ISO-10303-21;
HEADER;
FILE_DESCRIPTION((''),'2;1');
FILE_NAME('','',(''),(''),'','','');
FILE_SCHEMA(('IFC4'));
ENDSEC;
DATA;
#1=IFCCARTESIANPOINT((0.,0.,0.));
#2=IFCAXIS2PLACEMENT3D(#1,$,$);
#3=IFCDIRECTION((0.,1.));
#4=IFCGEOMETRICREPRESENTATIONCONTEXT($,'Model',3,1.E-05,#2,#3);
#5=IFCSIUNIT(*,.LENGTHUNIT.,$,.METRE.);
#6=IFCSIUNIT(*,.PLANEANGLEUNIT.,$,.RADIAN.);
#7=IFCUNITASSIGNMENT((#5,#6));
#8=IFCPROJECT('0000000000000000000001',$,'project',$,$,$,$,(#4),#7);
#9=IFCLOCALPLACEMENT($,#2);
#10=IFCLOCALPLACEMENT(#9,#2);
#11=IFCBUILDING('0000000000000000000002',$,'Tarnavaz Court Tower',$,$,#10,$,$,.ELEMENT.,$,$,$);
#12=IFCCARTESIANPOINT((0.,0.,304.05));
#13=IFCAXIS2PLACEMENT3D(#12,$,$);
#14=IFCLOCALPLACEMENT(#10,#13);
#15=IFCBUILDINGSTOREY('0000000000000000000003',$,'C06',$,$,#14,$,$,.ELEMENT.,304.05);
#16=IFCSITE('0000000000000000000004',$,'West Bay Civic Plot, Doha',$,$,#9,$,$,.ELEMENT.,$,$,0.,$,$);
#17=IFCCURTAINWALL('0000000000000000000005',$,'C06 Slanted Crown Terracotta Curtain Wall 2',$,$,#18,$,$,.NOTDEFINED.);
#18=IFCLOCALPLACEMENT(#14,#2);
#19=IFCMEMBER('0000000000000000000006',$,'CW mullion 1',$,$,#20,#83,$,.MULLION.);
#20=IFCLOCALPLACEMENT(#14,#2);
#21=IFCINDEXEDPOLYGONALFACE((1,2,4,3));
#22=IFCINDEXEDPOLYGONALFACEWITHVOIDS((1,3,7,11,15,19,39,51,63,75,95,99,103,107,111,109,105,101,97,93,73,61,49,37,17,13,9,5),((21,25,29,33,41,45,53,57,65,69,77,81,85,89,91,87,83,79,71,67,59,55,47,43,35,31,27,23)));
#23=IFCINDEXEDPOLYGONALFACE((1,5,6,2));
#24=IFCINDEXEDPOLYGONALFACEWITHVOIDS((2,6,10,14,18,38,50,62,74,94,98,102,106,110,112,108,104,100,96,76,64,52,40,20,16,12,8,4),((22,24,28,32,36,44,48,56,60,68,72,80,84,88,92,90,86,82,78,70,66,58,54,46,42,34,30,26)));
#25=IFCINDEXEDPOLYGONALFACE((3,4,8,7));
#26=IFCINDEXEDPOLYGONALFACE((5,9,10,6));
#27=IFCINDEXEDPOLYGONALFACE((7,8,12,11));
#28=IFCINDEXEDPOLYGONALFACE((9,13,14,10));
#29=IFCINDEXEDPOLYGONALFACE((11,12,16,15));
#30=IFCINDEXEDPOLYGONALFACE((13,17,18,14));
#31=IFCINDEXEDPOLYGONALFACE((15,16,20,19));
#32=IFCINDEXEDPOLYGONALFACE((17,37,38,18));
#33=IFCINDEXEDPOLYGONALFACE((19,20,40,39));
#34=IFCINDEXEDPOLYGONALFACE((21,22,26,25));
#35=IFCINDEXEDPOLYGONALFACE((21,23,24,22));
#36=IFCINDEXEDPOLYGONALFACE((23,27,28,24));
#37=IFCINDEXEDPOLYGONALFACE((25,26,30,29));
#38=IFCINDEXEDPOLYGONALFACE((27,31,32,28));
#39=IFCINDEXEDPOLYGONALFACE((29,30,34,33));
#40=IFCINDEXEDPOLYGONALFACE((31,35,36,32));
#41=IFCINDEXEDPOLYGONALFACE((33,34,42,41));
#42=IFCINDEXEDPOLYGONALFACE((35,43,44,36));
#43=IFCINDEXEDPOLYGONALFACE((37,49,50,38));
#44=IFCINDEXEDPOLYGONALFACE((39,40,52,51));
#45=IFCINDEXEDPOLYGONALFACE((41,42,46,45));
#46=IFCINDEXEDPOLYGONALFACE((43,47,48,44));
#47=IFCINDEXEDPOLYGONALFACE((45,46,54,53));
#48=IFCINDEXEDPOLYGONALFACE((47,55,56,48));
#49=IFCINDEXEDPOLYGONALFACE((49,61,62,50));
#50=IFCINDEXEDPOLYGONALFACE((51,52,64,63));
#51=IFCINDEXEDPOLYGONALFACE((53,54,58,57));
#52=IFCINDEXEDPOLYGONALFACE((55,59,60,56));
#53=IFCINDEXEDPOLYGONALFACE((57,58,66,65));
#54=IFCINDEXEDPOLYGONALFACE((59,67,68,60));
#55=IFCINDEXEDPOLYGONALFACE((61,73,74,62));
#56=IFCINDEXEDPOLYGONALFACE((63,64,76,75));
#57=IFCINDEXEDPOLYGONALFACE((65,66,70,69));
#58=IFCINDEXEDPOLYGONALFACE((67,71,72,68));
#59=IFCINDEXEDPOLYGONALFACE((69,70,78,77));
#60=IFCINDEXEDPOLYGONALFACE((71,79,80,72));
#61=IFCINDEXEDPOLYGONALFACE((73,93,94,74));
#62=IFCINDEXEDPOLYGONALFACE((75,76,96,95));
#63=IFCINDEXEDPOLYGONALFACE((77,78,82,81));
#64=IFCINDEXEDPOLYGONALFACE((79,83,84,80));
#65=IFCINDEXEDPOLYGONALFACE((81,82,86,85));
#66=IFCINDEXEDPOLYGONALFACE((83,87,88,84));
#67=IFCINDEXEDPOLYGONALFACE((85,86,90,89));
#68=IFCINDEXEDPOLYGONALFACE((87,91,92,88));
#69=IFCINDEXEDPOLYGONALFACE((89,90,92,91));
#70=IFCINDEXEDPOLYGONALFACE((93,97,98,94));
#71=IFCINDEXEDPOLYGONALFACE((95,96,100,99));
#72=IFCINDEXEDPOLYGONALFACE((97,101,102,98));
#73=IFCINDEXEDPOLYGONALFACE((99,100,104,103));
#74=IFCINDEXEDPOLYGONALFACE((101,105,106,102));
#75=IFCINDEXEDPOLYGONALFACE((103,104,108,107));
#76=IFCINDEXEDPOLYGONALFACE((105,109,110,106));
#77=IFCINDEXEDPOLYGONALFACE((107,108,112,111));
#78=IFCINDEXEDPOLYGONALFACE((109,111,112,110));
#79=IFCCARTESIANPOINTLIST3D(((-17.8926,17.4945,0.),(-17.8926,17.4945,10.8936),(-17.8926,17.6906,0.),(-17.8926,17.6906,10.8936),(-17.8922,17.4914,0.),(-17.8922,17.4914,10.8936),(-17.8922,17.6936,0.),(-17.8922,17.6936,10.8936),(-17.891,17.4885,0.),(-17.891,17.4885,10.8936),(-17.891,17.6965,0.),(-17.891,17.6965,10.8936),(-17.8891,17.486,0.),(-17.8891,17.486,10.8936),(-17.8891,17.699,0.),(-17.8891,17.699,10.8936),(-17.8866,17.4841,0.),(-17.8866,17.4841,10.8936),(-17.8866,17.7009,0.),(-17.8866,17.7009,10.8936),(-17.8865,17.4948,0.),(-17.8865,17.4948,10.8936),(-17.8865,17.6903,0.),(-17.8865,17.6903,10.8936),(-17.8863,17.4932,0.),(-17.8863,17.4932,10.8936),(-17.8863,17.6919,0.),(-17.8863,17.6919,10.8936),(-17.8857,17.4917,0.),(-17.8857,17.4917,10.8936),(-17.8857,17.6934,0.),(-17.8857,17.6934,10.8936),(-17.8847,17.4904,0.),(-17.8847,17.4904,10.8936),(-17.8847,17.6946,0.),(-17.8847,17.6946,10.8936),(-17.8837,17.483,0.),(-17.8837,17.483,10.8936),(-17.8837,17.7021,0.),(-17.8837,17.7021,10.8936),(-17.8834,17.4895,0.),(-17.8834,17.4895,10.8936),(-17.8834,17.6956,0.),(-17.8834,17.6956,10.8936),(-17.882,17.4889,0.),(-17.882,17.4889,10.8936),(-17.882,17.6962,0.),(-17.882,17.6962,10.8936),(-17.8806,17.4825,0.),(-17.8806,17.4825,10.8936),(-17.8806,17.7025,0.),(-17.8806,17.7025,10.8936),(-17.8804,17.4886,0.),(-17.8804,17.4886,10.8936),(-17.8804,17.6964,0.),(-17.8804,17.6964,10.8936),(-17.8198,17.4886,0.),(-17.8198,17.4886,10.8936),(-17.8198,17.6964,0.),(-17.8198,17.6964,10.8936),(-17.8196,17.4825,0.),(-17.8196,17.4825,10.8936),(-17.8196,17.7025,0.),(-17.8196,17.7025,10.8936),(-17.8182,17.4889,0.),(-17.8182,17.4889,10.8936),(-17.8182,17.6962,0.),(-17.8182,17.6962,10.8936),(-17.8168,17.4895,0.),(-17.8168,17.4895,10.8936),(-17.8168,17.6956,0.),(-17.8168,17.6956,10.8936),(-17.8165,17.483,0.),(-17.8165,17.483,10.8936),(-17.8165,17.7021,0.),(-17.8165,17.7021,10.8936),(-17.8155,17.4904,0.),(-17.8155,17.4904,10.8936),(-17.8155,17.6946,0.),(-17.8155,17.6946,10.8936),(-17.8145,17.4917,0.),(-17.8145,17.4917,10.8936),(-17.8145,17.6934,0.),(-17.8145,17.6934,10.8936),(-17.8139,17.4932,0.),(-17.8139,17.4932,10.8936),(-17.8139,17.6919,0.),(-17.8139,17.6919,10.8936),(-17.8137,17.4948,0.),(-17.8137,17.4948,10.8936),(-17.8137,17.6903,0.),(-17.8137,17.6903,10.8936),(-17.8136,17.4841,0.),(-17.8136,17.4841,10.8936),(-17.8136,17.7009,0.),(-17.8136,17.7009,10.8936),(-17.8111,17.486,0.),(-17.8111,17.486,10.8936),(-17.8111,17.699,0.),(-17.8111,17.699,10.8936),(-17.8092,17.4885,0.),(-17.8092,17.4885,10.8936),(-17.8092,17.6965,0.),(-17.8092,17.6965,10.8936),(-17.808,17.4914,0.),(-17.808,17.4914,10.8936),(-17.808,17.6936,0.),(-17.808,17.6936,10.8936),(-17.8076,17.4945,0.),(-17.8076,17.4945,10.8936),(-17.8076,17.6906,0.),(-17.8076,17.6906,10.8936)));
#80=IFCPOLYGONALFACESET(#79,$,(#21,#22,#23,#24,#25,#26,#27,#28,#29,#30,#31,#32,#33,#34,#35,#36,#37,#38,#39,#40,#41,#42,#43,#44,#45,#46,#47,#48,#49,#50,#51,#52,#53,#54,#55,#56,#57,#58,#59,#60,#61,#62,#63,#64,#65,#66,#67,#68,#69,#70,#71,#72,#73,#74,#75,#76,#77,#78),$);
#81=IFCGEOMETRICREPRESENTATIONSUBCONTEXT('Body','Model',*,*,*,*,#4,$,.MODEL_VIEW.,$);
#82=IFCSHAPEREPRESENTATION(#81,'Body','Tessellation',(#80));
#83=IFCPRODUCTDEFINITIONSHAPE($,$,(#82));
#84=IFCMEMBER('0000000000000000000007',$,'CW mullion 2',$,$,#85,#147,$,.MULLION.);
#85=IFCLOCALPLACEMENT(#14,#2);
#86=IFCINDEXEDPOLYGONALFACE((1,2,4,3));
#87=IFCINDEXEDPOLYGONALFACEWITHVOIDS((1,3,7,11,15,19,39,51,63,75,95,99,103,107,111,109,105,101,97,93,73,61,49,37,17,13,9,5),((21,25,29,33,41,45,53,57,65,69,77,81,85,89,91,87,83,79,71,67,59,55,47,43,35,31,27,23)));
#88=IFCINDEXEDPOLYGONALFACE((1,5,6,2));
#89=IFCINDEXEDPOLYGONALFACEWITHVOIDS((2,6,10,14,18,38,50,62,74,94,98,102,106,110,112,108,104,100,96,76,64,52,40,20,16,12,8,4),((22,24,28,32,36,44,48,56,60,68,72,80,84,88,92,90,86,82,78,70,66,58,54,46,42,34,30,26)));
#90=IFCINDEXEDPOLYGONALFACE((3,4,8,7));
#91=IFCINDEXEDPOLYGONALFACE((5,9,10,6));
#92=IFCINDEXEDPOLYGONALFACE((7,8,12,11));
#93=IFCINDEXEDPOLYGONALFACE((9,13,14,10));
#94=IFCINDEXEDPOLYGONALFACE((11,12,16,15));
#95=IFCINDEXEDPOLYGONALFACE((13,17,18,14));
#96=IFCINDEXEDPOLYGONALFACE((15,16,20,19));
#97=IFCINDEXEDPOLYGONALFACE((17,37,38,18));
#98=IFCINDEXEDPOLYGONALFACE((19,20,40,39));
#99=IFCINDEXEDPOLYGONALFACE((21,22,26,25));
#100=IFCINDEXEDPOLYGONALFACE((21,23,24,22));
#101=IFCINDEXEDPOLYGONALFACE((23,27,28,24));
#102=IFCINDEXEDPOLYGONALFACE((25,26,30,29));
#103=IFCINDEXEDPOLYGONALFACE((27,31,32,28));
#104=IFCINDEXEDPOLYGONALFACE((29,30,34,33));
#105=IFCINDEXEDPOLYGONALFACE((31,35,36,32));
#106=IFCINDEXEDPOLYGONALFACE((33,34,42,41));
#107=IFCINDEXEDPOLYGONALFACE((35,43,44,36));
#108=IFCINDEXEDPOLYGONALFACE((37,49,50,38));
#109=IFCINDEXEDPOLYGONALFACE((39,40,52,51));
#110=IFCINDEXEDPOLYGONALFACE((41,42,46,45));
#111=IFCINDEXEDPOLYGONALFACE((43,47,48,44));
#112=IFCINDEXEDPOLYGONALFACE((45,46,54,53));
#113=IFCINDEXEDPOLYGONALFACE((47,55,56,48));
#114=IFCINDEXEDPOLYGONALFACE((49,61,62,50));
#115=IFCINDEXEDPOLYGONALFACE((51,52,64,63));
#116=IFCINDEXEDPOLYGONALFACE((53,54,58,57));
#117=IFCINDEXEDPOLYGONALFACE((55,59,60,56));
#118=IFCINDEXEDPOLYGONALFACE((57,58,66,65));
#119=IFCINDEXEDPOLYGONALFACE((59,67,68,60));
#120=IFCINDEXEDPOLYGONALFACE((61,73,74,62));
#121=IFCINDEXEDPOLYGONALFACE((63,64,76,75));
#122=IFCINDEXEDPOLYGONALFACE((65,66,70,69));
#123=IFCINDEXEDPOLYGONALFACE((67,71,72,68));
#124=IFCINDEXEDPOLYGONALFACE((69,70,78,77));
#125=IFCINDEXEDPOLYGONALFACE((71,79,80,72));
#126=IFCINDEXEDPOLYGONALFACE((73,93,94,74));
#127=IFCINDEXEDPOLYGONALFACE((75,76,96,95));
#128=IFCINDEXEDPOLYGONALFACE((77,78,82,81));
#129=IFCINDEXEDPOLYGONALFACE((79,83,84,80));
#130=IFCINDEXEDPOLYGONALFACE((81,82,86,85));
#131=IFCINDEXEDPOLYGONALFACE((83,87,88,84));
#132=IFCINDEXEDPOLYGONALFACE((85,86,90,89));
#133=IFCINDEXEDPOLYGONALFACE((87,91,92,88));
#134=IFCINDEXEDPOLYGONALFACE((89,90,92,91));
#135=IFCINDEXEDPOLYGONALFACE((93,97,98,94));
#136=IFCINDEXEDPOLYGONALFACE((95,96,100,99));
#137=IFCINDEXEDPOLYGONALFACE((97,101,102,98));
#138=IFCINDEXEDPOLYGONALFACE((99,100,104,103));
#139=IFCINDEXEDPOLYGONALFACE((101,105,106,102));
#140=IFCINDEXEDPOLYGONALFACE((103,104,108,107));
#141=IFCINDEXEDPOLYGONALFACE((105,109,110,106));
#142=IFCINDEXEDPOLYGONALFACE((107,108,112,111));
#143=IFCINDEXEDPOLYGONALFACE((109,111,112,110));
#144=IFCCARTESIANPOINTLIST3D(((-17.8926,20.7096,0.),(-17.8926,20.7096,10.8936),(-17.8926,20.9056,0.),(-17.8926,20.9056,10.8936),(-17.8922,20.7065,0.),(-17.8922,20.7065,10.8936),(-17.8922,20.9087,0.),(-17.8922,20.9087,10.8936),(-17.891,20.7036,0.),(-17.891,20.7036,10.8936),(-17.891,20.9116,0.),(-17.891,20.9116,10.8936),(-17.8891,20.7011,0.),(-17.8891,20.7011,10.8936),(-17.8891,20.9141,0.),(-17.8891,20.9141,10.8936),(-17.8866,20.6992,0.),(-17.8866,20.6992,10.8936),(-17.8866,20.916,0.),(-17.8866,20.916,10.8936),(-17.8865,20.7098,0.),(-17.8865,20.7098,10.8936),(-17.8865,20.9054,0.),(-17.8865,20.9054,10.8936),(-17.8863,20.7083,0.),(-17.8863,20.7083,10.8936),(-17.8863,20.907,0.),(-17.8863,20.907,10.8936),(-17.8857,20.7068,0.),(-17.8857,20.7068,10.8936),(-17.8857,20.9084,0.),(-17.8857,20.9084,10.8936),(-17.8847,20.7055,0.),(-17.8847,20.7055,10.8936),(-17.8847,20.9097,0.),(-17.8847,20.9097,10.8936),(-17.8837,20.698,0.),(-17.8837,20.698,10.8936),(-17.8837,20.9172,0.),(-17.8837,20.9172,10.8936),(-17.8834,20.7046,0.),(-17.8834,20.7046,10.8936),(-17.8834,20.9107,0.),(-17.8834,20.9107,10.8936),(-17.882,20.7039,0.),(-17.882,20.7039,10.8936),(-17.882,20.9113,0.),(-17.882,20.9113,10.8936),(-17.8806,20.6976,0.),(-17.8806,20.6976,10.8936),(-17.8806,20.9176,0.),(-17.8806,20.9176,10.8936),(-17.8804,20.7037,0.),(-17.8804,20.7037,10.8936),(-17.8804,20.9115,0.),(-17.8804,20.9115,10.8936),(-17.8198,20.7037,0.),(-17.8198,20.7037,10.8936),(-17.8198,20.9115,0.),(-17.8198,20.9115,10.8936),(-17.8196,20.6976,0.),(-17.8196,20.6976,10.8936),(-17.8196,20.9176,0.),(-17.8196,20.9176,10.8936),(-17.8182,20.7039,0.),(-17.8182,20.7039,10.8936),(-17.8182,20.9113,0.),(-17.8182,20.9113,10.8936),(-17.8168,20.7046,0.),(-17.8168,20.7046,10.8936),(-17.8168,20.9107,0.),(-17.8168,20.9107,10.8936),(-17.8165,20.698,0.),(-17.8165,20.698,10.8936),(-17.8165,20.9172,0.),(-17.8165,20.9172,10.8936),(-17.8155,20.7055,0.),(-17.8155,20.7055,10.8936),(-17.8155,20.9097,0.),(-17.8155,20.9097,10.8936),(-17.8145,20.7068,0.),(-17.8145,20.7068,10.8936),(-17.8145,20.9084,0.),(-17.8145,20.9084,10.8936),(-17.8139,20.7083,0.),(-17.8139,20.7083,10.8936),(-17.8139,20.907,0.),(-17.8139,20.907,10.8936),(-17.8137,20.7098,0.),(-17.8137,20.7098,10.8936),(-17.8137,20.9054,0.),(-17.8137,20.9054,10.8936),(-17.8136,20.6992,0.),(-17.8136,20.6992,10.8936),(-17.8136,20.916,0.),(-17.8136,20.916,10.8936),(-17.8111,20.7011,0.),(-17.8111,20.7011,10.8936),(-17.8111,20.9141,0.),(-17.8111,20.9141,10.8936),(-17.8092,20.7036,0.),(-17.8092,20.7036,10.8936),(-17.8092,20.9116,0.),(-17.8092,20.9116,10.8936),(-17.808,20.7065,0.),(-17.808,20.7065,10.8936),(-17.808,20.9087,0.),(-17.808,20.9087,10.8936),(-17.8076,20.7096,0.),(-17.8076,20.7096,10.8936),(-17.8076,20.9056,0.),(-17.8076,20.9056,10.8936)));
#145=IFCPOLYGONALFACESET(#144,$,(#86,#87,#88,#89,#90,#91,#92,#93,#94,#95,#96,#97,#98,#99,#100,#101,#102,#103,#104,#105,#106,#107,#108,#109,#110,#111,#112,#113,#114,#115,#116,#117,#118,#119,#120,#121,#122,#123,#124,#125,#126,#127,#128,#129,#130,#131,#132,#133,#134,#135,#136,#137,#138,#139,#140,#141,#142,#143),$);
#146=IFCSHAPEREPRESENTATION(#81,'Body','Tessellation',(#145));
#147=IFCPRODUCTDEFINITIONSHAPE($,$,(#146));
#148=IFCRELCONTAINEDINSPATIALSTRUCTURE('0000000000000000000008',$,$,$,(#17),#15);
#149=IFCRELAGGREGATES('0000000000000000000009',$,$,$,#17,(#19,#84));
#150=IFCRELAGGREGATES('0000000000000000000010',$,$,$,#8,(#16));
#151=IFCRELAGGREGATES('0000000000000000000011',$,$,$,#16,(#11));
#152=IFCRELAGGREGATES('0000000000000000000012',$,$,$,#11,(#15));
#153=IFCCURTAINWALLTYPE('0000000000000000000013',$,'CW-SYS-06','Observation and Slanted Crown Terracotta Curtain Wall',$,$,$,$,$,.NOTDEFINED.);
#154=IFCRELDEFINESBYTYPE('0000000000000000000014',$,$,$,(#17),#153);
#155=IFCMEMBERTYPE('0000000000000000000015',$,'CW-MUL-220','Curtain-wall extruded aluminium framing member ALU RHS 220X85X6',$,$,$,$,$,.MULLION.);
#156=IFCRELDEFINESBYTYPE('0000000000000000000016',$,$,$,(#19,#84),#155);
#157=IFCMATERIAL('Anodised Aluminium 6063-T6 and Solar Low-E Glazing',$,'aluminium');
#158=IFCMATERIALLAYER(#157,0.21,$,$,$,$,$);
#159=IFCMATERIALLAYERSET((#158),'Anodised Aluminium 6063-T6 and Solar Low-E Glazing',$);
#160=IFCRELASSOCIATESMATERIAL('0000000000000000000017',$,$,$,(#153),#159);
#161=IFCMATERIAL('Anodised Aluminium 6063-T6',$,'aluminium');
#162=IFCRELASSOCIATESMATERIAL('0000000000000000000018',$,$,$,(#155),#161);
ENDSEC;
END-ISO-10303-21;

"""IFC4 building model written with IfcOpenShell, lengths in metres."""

from ifc_helpers import new_model, si_unit, direction, frame, origin, origin_2d, place, context, subcontext, project, spatial, hollow_rectangle, extrude, material, layer, layer_set, material_profile, profile_set, type_object, element, aggregate, save


model = new_model("IFC4")

# Units and contexts
model_context = context("Model", 3, precision=1e-05, world=origin(), true_north=direction((0.0, 1.0)))
body_context = subcontext(model_context, "Body", "Model", "MODEL_VIEW")
ifc_project = project(units=[si_unit("LENGTHUNIT", "METRE"), si_unit("PLANEANGLEUNIT", "RADIAN")], contexts=[model_context])

# Site, building, storey
site_placement = place(None, origin())
site = spatial("IfcSite", under=ifc_project, at=site_placement, Name="West Bay Civic Plot, Doha", CompositionType="ELEMENT", RefElevation=0.0)
building_placement = place(site_placement, origin())
building = spatial("IfcBuilding", under=site, at=building_placement, Name="Tarnavaz Court Tower", CompositionType="ELEMENT")
storey_placement = place(building_placement, frame((0.0, 0.0, 304.05)))
storey = spatial("IfcBuildingStorey", under=building, at=storey_placement, Name="C06", CompositionType="ELEMENT", Elevation=304.05)

# Curtain wall, members
ifc_material_1 = material(Name="Anodised Aluminium 6063-T6 and Solar Low-E Glazing", Category="aluminium")
ifc_layer_1 = layer(ifc_material_1, 0.21)
ifc_layer_set_1 = layer_set([ifc_layer_1], Name="Anodised Aluminium 6063-T6 and Solar Low-E Glazing")
curtain_wall_type = type_object("IfcCurtainWallType", Name="CW-SYS-06", Description="Observation and Slanted Crown Terracotta Curtain Wall", PredefinedType="NOTDEFINED", material=ifc_layer_set_1)
ifc_material_2 = material(Name="Anodised Aluminium 6063-T6", Category="aluminium")
ifc_material_profile_1 = material_profile(ifc_material_2, hollow_rectangle(XDim=0.085, YDim=0.22, WallThickness=0.0061, InnerFilletRadius=0.0061, OuterFilletRadius=0.012, at=origin_2d()), Name="ALU RHS 220X85X6")
ifc_profile_set_1 = profile_set([ifc_material_profile_1], Name="Anodised Aluminium 6063-T6")
member_type_1 = type_object("IfcMemberType", Name="CW-MUL-220", Description="Curtain-wall extruded aluminium framing member ALU RHS 220X85X6", PredefinedType="MULLION", material=ifc_profile_set_1)
curtain_wall_1_placement = place(storey_placement, origin())
curtain_wall_1 = element("IfcCurtainWall", 1, at=curtain_wall_1_placement, inside=storey, type_object=curtain_wall_type, Name="C06 Slanted Crown Terracotta Curtain Wall 2", PredefinedType="NOTDEFINED")
member_1_placement = place(storey_placement, frame((-17.8501, 17.5925, 0.0), z_axis=(0.0, 0.0, 1.0), x_axis=(-1.0, 0.0, 0.0)))
member_1 = element("IfcMember", 2, at=member_1_placement, type_object=member_type_1, Name="CW mullion 1", PredefinedType="MULLION", context=body_context, shape_type="SweptSolid", body=[
    extrude(hollow_rectangle(XDim=0.085, YDim=0.22, WallThickness=0.0061, InnerFilletRadius=0.0061, OuterFilletRadius=0.012, at=origin_2d()), origin(), (0.0, 0.0, 1.0), 10.8936),
])
member_2_placement = place(storey_placement, frame((-17.8501, 20.8076, 0.0), z_axis=(0.0, 0.0, 1.0), x_axis=(-1.0, 0.0, 0.0)))
member_2 = element("IfcMember", 3, at=member_2_placement, type_object=member_type_1, Name="CW mullion 2", PredefinedType="MULLION", context=body_context, shape_type="SweptSolid", body=[
    extrude(hollow_rectangle(XDim=0.085, YDim=0.22, WallThickness=0.0061, InnerFilletRadius=0.0061, OuterFilletRadius=0.012, at=origin_2d()), origin(), (0.0, 0.0, 1.0), 10.8936),
])

aggregate(curtain_wall_1, [member_1, member_2])

save(model, "model.ifc")
